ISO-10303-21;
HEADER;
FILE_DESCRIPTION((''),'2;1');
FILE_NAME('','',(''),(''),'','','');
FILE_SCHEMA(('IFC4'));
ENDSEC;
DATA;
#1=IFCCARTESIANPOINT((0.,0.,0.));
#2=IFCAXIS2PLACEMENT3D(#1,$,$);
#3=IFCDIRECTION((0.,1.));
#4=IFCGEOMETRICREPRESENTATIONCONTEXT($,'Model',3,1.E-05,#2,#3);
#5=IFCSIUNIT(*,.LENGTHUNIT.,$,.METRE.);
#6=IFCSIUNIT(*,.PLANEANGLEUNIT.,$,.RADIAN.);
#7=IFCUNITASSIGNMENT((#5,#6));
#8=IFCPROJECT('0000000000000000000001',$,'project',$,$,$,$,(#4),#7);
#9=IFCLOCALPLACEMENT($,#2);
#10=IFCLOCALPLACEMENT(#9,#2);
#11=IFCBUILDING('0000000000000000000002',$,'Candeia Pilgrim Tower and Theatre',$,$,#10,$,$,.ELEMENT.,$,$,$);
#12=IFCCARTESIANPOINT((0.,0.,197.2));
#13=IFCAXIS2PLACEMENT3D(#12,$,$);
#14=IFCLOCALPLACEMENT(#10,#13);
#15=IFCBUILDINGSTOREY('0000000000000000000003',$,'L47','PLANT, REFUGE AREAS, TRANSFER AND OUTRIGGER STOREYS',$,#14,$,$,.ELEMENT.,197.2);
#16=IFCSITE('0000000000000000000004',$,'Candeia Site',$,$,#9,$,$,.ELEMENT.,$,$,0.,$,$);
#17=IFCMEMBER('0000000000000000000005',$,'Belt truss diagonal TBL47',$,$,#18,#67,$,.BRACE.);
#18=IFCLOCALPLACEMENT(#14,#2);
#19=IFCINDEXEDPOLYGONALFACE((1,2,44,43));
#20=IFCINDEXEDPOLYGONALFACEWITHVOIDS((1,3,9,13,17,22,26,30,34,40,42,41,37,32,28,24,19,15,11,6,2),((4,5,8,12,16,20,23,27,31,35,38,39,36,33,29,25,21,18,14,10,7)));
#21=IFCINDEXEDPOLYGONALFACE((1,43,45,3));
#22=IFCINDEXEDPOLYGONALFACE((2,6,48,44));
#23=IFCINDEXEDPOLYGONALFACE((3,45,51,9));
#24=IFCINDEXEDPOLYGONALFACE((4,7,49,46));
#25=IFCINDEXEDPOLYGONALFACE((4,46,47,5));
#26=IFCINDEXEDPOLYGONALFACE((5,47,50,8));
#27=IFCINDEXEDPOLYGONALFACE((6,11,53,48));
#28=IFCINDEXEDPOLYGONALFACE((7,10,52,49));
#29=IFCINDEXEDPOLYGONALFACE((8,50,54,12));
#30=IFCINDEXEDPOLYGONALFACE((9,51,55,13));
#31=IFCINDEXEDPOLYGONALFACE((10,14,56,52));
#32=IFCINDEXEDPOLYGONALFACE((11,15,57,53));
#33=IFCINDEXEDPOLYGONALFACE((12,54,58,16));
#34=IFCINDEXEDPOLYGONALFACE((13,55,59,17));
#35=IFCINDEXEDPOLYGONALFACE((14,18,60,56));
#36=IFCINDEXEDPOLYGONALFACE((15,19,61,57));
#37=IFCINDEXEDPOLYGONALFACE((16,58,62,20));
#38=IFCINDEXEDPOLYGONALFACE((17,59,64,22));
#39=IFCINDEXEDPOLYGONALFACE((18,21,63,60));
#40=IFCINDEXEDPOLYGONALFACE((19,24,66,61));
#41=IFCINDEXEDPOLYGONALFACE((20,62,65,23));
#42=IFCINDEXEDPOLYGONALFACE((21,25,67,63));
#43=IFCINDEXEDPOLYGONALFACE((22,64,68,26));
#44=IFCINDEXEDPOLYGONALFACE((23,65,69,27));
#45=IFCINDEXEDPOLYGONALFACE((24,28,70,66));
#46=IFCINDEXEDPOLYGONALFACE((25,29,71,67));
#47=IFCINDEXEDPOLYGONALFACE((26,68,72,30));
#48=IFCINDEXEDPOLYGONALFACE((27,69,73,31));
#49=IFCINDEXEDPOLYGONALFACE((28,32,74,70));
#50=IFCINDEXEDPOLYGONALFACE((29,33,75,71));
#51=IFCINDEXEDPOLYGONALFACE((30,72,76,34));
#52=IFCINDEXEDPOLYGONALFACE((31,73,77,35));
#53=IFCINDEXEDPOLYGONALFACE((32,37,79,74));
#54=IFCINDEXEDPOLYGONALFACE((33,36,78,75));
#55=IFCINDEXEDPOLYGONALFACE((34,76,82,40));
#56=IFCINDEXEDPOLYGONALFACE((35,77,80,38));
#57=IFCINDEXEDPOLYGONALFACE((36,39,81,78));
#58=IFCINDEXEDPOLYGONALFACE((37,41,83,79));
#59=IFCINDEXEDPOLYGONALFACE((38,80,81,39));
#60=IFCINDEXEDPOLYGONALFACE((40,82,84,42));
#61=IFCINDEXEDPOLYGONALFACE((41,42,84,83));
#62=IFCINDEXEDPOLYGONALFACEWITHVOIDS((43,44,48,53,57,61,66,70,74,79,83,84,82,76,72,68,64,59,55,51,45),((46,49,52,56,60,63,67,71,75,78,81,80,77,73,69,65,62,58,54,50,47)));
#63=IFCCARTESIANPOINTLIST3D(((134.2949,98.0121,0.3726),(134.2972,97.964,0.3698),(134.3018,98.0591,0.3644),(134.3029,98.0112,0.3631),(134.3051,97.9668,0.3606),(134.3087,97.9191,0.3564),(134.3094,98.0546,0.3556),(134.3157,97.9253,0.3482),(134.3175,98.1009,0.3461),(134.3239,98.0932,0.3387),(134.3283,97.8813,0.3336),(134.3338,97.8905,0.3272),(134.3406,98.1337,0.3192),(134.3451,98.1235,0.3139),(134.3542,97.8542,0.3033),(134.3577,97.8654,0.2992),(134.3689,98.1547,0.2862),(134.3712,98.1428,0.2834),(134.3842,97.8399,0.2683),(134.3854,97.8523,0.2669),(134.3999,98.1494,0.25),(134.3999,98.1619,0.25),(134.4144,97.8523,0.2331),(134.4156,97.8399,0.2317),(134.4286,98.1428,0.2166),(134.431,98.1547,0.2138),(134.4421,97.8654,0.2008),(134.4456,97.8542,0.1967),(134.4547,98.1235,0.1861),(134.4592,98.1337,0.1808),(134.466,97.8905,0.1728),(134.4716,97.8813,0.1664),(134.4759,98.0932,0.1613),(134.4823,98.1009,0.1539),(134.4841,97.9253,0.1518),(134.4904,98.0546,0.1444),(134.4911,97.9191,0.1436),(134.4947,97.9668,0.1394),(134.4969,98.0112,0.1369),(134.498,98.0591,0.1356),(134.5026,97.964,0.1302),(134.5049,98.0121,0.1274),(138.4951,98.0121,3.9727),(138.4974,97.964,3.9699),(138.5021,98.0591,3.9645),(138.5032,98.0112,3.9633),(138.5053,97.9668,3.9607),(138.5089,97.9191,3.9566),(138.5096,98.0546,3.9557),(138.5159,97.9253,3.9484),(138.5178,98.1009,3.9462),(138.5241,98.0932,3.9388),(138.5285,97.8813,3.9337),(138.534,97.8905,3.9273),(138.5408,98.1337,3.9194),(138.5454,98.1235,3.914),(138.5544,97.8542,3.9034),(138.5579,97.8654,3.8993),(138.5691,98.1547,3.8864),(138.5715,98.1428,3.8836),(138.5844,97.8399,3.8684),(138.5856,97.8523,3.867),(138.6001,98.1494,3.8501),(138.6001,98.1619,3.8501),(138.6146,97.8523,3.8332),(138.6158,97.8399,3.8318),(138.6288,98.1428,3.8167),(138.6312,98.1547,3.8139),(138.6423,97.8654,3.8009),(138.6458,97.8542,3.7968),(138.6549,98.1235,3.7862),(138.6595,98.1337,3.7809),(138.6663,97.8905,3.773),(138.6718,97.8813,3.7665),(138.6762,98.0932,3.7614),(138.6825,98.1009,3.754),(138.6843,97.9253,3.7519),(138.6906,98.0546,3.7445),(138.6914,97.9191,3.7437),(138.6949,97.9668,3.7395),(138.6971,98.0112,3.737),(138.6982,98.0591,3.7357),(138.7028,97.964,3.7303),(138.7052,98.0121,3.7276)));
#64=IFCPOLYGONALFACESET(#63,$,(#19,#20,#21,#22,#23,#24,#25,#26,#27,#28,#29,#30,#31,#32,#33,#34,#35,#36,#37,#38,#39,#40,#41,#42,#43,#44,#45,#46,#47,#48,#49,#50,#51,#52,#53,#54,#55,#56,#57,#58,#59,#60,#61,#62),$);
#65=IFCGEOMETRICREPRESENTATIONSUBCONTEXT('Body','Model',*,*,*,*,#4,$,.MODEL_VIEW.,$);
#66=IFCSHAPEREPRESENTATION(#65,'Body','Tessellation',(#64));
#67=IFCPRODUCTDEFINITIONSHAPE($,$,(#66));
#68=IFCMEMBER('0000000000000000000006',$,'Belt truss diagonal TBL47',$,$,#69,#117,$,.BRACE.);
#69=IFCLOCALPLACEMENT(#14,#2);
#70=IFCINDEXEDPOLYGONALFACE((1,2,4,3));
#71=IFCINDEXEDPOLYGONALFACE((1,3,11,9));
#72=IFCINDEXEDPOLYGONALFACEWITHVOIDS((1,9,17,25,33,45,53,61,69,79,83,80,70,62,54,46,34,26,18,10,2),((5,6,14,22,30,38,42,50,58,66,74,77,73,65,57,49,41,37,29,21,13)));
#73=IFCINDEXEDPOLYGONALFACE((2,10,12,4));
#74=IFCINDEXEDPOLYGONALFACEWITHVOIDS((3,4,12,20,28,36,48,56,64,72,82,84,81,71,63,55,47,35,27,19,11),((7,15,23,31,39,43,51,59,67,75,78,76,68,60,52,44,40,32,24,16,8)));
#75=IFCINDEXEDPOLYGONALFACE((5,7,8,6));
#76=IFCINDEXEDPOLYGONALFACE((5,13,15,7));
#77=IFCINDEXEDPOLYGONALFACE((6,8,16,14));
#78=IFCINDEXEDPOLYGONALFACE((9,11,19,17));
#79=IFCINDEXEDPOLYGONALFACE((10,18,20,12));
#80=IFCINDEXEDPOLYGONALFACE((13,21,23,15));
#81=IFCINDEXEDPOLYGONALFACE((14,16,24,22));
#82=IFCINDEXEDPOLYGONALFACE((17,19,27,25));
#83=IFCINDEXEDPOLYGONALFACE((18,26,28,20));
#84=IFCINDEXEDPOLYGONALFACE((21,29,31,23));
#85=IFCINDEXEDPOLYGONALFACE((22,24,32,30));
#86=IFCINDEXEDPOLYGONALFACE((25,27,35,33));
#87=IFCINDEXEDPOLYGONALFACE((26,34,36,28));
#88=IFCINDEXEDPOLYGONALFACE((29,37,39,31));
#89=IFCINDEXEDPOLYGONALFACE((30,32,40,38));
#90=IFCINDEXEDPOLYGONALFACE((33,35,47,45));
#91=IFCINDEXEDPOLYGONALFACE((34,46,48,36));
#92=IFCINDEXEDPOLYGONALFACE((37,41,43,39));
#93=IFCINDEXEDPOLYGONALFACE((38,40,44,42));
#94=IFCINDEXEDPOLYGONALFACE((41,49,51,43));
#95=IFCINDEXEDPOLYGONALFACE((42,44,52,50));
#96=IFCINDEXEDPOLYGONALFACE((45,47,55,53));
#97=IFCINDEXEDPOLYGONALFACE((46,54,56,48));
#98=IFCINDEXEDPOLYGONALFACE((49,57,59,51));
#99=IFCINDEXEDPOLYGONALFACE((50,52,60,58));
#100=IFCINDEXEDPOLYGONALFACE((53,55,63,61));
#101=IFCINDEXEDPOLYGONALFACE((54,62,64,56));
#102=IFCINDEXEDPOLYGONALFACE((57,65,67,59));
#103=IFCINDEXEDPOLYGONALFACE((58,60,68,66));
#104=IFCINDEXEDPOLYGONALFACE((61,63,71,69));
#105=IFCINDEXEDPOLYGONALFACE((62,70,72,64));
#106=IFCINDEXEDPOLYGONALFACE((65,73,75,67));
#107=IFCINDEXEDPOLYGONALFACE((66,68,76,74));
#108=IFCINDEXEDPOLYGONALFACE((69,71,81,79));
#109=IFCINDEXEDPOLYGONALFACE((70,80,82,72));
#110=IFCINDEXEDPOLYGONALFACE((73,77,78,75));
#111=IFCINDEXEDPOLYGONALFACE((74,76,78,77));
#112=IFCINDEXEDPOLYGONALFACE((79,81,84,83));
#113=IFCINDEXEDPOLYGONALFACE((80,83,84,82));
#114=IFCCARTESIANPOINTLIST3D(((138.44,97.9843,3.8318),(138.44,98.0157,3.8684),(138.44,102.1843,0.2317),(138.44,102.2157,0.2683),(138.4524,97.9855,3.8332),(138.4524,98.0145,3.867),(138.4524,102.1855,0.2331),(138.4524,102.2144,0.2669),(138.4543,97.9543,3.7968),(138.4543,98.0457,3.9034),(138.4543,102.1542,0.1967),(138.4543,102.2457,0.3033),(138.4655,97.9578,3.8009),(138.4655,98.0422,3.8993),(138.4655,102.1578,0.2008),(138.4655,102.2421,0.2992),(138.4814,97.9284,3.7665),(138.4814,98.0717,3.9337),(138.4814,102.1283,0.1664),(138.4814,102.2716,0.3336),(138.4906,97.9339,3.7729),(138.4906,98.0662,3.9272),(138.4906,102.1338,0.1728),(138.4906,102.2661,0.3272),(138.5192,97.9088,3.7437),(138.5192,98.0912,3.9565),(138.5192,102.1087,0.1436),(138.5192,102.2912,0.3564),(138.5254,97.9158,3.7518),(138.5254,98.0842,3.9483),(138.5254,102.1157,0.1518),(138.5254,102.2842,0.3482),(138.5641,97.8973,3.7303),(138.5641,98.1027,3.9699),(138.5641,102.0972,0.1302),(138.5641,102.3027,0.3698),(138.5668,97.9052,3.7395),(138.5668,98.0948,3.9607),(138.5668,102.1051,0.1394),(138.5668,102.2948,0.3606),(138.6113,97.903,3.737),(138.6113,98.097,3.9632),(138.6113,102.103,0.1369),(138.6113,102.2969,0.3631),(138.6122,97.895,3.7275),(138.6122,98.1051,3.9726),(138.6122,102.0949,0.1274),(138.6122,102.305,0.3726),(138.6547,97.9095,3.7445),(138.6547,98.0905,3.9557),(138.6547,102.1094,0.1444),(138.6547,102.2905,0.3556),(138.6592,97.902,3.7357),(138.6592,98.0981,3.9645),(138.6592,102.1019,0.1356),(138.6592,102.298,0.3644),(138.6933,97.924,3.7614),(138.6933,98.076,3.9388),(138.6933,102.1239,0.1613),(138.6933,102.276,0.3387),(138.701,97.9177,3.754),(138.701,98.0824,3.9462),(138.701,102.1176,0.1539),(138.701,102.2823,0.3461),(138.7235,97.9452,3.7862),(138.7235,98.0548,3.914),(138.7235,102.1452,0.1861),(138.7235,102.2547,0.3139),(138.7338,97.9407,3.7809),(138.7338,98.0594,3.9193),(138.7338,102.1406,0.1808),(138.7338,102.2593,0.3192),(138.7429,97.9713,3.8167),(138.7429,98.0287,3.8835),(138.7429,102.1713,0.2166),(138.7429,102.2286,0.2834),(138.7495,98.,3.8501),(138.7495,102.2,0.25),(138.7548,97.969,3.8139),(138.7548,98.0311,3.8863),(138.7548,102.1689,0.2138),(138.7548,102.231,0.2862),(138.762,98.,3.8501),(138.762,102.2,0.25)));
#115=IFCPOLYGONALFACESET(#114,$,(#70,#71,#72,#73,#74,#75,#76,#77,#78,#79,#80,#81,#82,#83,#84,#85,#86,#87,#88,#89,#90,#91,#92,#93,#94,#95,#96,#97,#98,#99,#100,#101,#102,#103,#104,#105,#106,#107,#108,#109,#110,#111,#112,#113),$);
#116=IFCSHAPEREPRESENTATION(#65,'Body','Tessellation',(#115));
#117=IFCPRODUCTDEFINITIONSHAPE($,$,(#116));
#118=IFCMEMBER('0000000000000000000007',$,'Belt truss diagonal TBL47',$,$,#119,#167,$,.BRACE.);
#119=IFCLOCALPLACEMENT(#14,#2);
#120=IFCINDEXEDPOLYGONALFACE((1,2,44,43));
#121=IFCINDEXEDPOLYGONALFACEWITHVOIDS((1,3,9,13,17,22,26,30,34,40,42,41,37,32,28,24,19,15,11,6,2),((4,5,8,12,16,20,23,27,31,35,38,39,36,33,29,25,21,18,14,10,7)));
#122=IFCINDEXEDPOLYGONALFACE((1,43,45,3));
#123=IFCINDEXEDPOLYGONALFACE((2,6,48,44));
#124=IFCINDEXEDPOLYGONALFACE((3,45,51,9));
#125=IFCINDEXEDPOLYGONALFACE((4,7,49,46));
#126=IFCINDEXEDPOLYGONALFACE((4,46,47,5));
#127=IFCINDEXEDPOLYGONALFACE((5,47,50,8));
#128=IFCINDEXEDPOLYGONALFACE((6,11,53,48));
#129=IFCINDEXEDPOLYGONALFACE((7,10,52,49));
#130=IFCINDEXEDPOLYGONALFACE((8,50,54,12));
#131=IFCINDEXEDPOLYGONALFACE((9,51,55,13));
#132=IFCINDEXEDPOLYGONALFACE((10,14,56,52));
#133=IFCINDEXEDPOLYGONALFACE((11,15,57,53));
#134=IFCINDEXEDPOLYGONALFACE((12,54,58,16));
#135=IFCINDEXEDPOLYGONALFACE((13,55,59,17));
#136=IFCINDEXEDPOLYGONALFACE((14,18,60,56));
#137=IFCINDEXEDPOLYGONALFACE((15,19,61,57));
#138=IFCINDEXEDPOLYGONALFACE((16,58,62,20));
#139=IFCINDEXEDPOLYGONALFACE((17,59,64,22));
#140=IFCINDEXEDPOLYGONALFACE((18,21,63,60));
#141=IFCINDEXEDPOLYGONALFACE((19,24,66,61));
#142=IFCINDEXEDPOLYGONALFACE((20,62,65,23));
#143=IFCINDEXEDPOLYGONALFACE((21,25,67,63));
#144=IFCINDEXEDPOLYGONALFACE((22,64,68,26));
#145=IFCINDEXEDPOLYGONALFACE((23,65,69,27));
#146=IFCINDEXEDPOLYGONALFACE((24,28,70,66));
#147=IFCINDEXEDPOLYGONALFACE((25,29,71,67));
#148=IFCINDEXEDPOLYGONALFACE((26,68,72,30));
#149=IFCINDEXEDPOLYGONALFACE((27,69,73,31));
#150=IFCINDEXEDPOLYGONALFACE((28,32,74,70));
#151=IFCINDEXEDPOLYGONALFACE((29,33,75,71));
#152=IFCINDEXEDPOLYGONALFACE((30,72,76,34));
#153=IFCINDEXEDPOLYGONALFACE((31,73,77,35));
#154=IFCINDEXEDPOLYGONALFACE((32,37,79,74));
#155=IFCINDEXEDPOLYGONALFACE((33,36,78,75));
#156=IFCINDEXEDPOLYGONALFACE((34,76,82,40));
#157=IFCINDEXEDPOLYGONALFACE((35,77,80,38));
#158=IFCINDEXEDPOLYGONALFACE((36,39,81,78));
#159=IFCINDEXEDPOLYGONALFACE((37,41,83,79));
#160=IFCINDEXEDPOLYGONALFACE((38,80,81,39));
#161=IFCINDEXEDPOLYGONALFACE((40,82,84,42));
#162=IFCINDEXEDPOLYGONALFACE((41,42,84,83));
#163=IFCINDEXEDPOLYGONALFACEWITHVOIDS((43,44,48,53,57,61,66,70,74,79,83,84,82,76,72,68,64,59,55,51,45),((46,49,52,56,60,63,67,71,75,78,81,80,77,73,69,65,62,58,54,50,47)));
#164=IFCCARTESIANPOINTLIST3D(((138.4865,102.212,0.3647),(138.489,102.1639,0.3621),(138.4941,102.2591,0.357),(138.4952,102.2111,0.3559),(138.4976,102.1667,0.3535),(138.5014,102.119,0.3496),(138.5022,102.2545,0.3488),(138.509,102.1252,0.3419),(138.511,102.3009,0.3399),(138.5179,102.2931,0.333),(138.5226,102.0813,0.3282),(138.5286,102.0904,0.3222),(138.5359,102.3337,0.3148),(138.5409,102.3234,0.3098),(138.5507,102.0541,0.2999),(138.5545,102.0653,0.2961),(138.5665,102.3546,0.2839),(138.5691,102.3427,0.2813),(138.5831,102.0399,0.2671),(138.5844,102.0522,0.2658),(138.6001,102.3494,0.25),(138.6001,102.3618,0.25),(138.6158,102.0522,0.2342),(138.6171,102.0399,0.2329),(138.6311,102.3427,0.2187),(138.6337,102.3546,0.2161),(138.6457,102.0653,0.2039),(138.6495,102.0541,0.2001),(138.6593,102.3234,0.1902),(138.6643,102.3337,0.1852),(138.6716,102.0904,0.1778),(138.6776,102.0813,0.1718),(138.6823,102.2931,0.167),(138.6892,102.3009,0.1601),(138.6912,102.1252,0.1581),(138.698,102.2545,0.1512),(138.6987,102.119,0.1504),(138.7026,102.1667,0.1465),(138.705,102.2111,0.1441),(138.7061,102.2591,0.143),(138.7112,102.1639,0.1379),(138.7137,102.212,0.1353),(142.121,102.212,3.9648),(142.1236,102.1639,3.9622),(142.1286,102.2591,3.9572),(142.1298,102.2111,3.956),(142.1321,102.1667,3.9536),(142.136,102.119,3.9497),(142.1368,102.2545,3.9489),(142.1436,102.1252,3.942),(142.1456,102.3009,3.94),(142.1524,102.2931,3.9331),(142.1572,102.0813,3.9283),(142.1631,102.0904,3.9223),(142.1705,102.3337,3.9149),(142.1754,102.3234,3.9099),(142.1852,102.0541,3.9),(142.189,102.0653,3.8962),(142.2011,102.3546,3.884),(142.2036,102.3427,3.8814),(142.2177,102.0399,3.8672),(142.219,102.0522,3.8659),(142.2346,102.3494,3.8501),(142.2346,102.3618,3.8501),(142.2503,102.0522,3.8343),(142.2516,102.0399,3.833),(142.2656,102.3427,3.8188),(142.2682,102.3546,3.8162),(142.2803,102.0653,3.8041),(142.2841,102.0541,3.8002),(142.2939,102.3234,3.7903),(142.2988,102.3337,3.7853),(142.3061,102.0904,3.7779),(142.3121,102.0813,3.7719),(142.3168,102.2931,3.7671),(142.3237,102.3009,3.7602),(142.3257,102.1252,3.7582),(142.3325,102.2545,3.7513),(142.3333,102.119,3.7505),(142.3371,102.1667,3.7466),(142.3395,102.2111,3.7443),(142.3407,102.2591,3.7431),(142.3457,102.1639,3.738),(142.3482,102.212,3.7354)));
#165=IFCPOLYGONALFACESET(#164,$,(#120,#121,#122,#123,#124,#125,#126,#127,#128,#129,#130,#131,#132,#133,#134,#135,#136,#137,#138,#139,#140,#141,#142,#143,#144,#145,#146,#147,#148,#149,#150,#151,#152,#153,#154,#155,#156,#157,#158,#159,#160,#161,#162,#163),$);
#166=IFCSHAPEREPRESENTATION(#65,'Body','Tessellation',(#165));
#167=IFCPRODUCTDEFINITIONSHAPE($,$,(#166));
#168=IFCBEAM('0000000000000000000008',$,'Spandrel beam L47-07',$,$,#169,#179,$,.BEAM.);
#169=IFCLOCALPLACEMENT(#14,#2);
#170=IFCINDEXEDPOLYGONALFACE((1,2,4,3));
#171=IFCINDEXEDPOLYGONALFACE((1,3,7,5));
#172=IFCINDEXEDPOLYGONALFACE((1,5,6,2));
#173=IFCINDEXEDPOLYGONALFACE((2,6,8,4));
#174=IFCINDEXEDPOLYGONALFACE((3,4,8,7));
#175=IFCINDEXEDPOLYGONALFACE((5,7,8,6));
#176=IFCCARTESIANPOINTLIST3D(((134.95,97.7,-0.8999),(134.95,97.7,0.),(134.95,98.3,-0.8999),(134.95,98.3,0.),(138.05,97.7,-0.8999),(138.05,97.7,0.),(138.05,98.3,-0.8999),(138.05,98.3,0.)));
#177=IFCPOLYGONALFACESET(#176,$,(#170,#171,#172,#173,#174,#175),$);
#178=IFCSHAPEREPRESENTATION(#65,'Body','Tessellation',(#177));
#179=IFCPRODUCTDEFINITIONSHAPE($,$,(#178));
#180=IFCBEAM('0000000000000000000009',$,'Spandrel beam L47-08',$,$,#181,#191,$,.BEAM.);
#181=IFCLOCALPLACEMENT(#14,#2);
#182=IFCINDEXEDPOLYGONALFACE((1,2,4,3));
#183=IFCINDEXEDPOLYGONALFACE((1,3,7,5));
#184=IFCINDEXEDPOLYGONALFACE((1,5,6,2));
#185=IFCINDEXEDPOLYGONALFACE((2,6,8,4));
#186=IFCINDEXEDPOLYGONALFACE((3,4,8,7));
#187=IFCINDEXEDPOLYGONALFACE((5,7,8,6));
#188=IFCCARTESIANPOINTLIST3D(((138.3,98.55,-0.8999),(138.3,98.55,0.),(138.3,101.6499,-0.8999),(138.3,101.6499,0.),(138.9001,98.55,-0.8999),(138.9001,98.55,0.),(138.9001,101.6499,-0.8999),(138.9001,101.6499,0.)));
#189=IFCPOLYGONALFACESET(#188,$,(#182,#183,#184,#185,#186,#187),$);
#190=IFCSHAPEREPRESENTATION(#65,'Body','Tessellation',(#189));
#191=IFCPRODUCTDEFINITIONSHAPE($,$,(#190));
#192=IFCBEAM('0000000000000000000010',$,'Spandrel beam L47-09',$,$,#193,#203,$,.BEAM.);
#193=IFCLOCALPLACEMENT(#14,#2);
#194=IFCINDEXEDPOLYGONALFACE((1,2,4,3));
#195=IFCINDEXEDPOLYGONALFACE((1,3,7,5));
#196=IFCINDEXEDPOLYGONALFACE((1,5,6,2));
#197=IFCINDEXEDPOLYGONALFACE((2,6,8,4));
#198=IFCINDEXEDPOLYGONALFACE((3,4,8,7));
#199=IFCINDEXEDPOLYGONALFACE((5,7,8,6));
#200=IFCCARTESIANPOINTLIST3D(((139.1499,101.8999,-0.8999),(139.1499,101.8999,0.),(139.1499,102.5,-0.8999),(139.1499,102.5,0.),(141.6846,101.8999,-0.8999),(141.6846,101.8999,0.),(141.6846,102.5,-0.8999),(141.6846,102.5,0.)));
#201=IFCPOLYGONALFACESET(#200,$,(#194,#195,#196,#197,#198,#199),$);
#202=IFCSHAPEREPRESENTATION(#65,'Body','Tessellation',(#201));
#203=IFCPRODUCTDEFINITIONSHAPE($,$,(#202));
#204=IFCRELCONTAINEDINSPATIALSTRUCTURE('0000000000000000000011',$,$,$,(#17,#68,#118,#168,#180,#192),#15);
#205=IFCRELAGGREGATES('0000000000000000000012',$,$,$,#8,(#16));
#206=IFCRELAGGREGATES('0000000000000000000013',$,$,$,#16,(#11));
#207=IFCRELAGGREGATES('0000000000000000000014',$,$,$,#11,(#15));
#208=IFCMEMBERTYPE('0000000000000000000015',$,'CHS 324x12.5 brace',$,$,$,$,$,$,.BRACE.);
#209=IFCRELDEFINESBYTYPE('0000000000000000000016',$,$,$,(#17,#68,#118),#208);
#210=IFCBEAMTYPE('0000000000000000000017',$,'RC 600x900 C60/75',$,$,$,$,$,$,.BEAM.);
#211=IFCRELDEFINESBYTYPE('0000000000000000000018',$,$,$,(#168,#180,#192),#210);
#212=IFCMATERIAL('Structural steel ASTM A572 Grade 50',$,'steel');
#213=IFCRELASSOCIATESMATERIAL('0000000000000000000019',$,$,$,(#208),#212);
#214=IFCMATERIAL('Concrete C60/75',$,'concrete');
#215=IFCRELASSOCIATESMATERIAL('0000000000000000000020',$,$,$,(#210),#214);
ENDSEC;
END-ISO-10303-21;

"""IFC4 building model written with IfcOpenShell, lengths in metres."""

from ifc_helpers import new_model, si_unit, direction, frame, origin, origin_2d, place, context, subcontext, project, spatial, rectangle, hollow_circle, extrude, material, material_profile, profile_set, type_object, element, save


model = new_model("IFC4")

# Units and contexts
model_context = context("Model", 3, precision=1e-05, world=origin(), true_north=direction((0.0, 1.0)))
body_context = subcontext(model_context, "Body", "Model", "MODEL_VIEW")
ifc_project = project(units=[si_unit("LENGTHUNIT", "METRE"), si_unit("PLANEANGLEUNIT", "RADIAN")], contexts=[model_context])

# Site, building, storey
site_placement = place(None, origin())
site = spatial("IfcSite", under=ifc_project, at=site_placement, Name="Candeia Site", CompositionType="ELEMENT", RefElevation=0.0)
building_placement = place(site_placement, origin())
building = spatial("IfcBuilding", under=site, at=building_placement, Name="Candeia Pilgrim Tower and Theatre", CompositionType="ELEMENT")
storey_placement = place(building_placement, frame((0.0, 0.0, 197.2)))
storey = spatial("IfcBuildingStorey", under=building, at=storey_placement, Name="L47", Description="PLANT, REFUGE AREAS, TRANSFER AND OUTRIGGER STOREYS", CompositionType="ELEMENT", Elevation=197.2)

# Shared definitions
ifc_material_1 = material(Name="Concrete C60/75", Category="concrete")

# Members
ifc_material_2 = material(Name="Structural steel ASTM A572 Grade 50", Category="steel")
ifc_material_profile_1 = material_profile(ifc_material_2, hollow_circle(Radius=0.1619, WallThickness=0.0125, at=origin_2d()))
ifc_profile_set_1 = profile_set([ifc_material_profile_1], Name="Structural steel ASTM A572 Grade 50")
member_type_1 = type_object("IfcMemberType", Name="CHS 324x12.5 brace", PredefinedType="BRACE", material=ifc_profile_set_1)
member_1_placement = place(storey_placement, frame((134.3999, 98.0, 0.25), z_axis=(0.759263, 0.0, 0.650784), x_axis=(0.0, 1.0, 0.0)))
element("IfcMember", 1, at=member_1_placement, inside=storey, type_object=member_type_1, Name="Belt truss diagonal TBL47", PredefinedType="BRACE", context=body_context, shape_type="SweptSolid", body=[
    extrude(hollow_circle(Radius=0.1619, WallThickness=0.0125, at=origin_2d()), origin(), (0.0, 0.0, 1.0), 5.532),
])
member_2_placement = place(storey_placement, frame((138.6001, 102.2, 0.25), z_axis=(0.0, -0.759244, 0.650806), x_axis=(1.0, 0.0, 0.0)))
element("IfcMember", 2, at=member_2_placement, inside=storey, type_object=member_type_1, Name="Belt truss diagonal TBL47", PredefinedType="BRACE", context=body_context, shape_type="SweptSolid", body=[
    extrude(hollow_circle(Radius=0.1619, WallThickness=0.0125, at=origin_2d()), origin(), (0.0, 0.0, 1.0), 5.5317),
])
member_3_placement = place(storey_placement, frame((138.6001, 102.2, 0.25), z_axis=(0.710463, 0.0, 0.703734), x_axis=(0.0, 1.0, 0.0)))
element("IfcMember", 3, at=member_3_placement, inside=storey, type_object=member_type_1, Name="Belt truss diagonal TBL47", PredefinedType="BRACE", context=body_context, shape_type="SweptSolid", body=[
    extrude(hollow_circle(Radius=0.1619, WallThickness=0.0125, at=origin_2d()), origin(), (0.0, 0.0, 1.0), 5.1157),
])

# Beams
ifc_material_profile_2 = material_profile(ifc_material_1, rectangle(XDim=0.6001, YDim=0.8999, at=origin_2d()))
ifc_profile_set_2 = profile_set([ifc_material_profile_2], Name="Concrete C60/75")
beam_type = type_object("IfcBeamType", Name="RC 600x900 C60/75", PredefinedType="BEAM", material=ifc_profile_set_2)
beam_1_placement = place(storey_placement, frame((134.95, 98.0, -0.45), z_axis=(1.0, 0.0, 0.0), x_axis=(0.0, 1.0, 0.0)))
element("IfcBeam", 4, at=beam_1_placement, inside=storey, type_object=beam_type, Name="Spandrel beam L47-07", PredefinedType="BEAM", context=body_context, shape_type="SweptSolid", body=[
    extrude(rectangle(XDim=0.6001, YDim=0.8999, at=origin_2d()), origin(), (0.0, 0.0, 1.0), 3.1001),
])
beam_2_placement = place(storey_placement, frame((138.6001, 98.55, -0.45), z_axis=(0.0, 1.0, 0.0), x_axis=(-1.0, 0.0, 0.0)))
element("IfcBeam", 5, at=beam_2_placement, inside=storey, type_object=beam_type, Name="Spandrel beam L47-08", PredefinedType="BEAM", context=body_context, shape_type="SweptSolid", body=[
    extrude(rectangle(XDim=0.6001, YDim=0.8999, at=origin_2d()), origin(), (0.0, 0.0, 1.0), 3.0999),
])
beam_3_placement = place(storey_placement, frame((139.1499, 102.2, -0.45), z_axis=(1.0, 0.0, 0.0), x_axis=(0.0, 1.0, 0.0)))
element("IfcBeam", 6, at=beam_3_placement, inside=storey, type_object=beam_type, Name="Spandrel beam L47-09", PredefinedType="BEAM", context=body_context, shape_type="SweptSolid", body=[
    extrude(rectangle(XDim=0.6001, YDim=0.8999, at=origin_2d()), origin(), (0.0, 0.0, 1.0), 2.5347),
])

save(model, "model.ifc")
